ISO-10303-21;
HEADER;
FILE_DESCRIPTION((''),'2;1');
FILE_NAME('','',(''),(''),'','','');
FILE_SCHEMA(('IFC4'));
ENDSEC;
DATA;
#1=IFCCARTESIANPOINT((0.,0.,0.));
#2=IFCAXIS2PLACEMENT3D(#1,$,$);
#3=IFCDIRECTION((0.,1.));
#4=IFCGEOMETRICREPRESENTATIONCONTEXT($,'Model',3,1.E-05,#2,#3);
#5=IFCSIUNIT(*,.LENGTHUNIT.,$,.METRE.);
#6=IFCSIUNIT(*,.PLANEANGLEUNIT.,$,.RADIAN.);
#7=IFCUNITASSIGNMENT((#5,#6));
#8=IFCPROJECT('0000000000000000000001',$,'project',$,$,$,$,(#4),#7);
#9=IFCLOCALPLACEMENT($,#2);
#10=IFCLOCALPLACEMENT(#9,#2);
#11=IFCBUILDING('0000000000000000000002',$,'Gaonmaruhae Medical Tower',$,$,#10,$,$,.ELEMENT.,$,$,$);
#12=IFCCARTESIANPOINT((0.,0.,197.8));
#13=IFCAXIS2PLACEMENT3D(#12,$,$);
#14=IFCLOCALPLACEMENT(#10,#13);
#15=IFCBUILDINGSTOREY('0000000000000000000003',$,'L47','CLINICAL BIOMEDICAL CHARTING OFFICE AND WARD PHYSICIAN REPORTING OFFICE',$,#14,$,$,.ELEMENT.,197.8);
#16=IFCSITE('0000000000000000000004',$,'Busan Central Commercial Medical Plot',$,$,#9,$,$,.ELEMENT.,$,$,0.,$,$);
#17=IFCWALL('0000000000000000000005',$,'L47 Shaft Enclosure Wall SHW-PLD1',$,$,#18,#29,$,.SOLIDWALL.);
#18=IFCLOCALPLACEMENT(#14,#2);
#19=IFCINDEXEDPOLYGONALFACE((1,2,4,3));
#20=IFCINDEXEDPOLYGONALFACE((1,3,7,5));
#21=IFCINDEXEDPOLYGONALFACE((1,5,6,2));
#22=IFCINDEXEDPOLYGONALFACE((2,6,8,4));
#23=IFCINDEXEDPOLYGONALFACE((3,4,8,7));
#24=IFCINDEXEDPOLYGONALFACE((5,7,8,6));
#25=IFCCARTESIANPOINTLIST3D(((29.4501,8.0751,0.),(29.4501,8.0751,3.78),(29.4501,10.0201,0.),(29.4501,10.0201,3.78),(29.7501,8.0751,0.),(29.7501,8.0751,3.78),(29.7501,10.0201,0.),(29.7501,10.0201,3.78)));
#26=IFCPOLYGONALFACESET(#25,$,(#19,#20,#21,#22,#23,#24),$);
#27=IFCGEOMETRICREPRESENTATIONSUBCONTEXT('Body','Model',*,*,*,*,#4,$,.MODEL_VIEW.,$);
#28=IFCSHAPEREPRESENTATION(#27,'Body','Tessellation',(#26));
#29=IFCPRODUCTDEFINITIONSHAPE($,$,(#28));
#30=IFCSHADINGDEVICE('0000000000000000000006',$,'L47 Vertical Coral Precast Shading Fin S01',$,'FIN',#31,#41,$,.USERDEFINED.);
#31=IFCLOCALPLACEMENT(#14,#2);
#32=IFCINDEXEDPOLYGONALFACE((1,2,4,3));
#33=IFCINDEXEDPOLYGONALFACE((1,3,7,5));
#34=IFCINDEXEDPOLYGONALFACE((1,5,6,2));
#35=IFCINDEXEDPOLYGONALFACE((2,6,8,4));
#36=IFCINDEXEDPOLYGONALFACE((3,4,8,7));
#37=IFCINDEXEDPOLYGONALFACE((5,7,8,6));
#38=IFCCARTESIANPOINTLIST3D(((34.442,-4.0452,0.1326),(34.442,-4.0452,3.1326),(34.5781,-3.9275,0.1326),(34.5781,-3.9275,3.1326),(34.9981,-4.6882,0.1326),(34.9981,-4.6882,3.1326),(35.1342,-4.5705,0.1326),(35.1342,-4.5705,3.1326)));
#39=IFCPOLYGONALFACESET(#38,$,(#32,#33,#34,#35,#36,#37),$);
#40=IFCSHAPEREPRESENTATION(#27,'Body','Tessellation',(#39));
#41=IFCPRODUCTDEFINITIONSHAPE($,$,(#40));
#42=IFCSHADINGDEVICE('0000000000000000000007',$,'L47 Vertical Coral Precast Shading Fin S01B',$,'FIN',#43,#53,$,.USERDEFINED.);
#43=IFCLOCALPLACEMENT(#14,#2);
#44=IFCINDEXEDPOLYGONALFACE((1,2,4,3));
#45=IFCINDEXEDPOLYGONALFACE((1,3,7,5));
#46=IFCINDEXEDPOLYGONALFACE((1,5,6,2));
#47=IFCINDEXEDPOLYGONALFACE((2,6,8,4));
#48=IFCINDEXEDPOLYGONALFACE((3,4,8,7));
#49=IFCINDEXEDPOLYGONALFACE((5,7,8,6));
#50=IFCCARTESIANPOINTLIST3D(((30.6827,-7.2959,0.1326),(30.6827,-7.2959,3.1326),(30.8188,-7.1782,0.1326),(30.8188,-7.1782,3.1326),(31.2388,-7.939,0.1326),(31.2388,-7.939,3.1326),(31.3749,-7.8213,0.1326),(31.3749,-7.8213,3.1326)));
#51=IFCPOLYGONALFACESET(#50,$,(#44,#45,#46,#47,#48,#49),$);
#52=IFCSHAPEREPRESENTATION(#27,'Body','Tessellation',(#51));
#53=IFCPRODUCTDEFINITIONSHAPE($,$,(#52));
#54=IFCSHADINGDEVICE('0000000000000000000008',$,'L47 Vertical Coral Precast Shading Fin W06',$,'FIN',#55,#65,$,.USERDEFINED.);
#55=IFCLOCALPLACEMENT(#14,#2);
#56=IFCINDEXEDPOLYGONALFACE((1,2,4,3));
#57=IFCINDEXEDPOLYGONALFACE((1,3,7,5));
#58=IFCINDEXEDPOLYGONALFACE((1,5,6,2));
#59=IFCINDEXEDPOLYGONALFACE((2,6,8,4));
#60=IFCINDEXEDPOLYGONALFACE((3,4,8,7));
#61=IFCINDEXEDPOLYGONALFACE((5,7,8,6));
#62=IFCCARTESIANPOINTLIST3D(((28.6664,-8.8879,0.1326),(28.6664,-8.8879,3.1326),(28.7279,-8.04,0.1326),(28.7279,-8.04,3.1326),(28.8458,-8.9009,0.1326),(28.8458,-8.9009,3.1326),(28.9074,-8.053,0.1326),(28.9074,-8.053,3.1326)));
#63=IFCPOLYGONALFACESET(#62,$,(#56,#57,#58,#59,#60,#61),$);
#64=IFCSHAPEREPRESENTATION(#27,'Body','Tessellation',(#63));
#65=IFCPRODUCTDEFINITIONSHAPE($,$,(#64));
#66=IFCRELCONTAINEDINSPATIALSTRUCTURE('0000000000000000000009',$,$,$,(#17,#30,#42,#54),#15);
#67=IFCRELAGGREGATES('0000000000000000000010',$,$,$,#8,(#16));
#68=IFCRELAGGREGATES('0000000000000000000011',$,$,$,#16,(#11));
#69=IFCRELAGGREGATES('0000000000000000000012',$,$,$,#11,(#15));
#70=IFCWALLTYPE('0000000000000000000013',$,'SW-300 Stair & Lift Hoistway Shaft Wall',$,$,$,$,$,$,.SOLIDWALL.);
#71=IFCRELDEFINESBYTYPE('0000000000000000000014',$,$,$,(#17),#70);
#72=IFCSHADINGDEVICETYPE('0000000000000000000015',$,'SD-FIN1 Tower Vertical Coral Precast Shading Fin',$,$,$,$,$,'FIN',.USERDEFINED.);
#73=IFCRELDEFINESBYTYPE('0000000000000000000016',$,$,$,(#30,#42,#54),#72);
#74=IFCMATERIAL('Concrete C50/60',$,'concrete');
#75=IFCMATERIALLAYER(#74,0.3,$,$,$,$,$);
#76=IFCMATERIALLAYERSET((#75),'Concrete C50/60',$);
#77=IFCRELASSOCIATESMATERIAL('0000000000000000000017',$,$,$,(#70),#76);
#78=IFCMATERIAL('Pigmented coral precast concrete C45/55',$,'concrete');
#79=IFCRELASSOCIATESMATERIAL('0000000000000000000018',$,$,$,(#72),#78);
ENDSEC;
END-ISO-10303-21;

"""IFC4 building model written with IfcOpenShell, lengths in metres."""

from ifc_helpers import new_model, si_unit, direction, frame, frame_2d, origin, origin_2d, place, context, subcontext, project, spatial, rectangle, extrude, material, layer, layer_set, type_object, element, save


model = new_model("IFC4")

# Units and contexts
model_context = context("Model", 3, precision=1e-05, world=origin(), true_north=direction((0.0, 1.0)))
body_context = subcontext(model_context, "Body", "Model", "MODEL_VIEW")
ifc_project = project(units=[si_unit("LENGTHUNIT", "METRE"), si_unit("PLANEANGLEUNIT", "RADIAN")], contexts=[model_context])

# Site, building, storey
site_placement = place(None, origin())
site = spatial("IfcSite", under=ifc_project, at=site_placement, Name="Busan Central Commercial Medical Plot", CompositionType="ELEMENT", RefElevation=0.0)
building_placement = place(site_placement, origin())
building = spatial("IfcBuilding", under=site, at=building_placement, Name="Gaonmaruhae Medical Tower", CompositionType="ELEMENT")
storey_placement = place(building_placement, frame((0.0, 0.0, 197.8)))
storey = spatial("IfcBuildingStorey", under=building, at=storey_placement, Name="L47", Description="CLINICAL BIOMEDICAL CHARTING OFFICE AND WARD PHYSICIAN REPORTING OFFICE", CompositionType="ELEMENT", Elevation=197.8)

# Shared definitions
ifc_material_1 = material(Name="Concrete C50/60", Category="concrete")

# Wall
ifc_layer_1 = layer(ifc_material_1, 0.3)
ifc_layer_set_1 = layer_set([ifc_layer_1], Name="Concrete C50/60")
wall_type_1 = type_object("IfcWallType", Name="SW-300 Stair & Lift Hoistway Shaft Wall", PredefinedType="SOLIDWALL", material=ifc_layer_set_1)
wall_1_placement = place(storey_placement, frame((29.6001, 8.075, 0.0), z_axis=(0.0, 0.0, 1.0), x_axis=(0.0, 1.0, 0.0)))
element("IfcWall", 1, at=wall_1_placement, inside=storey, type_object=wall_type_1, Name="L47 Shaft Enclosure Wall SHW-PLD1", PredefinedType="SOLIDWALL", context=body_context, shape_type="SweptSolid", body=[
    extrude(rectangle(XDim=1.9451, YDim=0.3, at=frame_2d((0.9727, 0.0))), origin(), (0.0, 0.0, 1.0), 3.78),
])

# Shading devices
ifc_material_2 = material(Name="Pigmented coral precast concrete C45/55", Category="concrete")
shading_device_type = type_object("IfcShadingDeviceType", Name="SD-FIN1 Tower Vertical Coral Precast Shading Fin", ElementType="FIN", PredefinedType="USERDEFINED", material=ifc_material_2)
for number, where, z_axis, x_axis, name in (
    (2, (34.7881, -4.3079, 0.1326), (0.0, 0.0, 1.0), (-0.756413, -0.654094, 0.0), "L47 Vertical Coral Precast Shading Fin S01"),
    (3, (31.0288, -7.5586, 0.1326), (0.0, 0.0, 1.0), (-0.756413, -0.654094, 0.0), "L47 Vertical Coral Precast Shading Fin S01B"),
    (4, (28.7869, -8.4705, 0.1326), (0.0, 0.0, 1.0), (-0.997378, 0.072368, 0.0), "L47 Vertical Coral Precast Shading Fin W06"),
):
    element("IfcShadingDevice", number, at=place(storey_placement, frame(where, z_axis=z_axis, x_axis=x_axis)), inside=storey, type_object=shading_device_type, Name=name, ObjectType="FIN", PredefinedType="USERDEFINED", context=body_context, shape_type="SweptSolid", body=[
        extrude(rectangle(XDim=0.1799, YDim=0.8501, at=origin_2d()), origin(), (0.0, 0.0, 1.0), 3.0),
    ])

save(model, "model.ifc")
